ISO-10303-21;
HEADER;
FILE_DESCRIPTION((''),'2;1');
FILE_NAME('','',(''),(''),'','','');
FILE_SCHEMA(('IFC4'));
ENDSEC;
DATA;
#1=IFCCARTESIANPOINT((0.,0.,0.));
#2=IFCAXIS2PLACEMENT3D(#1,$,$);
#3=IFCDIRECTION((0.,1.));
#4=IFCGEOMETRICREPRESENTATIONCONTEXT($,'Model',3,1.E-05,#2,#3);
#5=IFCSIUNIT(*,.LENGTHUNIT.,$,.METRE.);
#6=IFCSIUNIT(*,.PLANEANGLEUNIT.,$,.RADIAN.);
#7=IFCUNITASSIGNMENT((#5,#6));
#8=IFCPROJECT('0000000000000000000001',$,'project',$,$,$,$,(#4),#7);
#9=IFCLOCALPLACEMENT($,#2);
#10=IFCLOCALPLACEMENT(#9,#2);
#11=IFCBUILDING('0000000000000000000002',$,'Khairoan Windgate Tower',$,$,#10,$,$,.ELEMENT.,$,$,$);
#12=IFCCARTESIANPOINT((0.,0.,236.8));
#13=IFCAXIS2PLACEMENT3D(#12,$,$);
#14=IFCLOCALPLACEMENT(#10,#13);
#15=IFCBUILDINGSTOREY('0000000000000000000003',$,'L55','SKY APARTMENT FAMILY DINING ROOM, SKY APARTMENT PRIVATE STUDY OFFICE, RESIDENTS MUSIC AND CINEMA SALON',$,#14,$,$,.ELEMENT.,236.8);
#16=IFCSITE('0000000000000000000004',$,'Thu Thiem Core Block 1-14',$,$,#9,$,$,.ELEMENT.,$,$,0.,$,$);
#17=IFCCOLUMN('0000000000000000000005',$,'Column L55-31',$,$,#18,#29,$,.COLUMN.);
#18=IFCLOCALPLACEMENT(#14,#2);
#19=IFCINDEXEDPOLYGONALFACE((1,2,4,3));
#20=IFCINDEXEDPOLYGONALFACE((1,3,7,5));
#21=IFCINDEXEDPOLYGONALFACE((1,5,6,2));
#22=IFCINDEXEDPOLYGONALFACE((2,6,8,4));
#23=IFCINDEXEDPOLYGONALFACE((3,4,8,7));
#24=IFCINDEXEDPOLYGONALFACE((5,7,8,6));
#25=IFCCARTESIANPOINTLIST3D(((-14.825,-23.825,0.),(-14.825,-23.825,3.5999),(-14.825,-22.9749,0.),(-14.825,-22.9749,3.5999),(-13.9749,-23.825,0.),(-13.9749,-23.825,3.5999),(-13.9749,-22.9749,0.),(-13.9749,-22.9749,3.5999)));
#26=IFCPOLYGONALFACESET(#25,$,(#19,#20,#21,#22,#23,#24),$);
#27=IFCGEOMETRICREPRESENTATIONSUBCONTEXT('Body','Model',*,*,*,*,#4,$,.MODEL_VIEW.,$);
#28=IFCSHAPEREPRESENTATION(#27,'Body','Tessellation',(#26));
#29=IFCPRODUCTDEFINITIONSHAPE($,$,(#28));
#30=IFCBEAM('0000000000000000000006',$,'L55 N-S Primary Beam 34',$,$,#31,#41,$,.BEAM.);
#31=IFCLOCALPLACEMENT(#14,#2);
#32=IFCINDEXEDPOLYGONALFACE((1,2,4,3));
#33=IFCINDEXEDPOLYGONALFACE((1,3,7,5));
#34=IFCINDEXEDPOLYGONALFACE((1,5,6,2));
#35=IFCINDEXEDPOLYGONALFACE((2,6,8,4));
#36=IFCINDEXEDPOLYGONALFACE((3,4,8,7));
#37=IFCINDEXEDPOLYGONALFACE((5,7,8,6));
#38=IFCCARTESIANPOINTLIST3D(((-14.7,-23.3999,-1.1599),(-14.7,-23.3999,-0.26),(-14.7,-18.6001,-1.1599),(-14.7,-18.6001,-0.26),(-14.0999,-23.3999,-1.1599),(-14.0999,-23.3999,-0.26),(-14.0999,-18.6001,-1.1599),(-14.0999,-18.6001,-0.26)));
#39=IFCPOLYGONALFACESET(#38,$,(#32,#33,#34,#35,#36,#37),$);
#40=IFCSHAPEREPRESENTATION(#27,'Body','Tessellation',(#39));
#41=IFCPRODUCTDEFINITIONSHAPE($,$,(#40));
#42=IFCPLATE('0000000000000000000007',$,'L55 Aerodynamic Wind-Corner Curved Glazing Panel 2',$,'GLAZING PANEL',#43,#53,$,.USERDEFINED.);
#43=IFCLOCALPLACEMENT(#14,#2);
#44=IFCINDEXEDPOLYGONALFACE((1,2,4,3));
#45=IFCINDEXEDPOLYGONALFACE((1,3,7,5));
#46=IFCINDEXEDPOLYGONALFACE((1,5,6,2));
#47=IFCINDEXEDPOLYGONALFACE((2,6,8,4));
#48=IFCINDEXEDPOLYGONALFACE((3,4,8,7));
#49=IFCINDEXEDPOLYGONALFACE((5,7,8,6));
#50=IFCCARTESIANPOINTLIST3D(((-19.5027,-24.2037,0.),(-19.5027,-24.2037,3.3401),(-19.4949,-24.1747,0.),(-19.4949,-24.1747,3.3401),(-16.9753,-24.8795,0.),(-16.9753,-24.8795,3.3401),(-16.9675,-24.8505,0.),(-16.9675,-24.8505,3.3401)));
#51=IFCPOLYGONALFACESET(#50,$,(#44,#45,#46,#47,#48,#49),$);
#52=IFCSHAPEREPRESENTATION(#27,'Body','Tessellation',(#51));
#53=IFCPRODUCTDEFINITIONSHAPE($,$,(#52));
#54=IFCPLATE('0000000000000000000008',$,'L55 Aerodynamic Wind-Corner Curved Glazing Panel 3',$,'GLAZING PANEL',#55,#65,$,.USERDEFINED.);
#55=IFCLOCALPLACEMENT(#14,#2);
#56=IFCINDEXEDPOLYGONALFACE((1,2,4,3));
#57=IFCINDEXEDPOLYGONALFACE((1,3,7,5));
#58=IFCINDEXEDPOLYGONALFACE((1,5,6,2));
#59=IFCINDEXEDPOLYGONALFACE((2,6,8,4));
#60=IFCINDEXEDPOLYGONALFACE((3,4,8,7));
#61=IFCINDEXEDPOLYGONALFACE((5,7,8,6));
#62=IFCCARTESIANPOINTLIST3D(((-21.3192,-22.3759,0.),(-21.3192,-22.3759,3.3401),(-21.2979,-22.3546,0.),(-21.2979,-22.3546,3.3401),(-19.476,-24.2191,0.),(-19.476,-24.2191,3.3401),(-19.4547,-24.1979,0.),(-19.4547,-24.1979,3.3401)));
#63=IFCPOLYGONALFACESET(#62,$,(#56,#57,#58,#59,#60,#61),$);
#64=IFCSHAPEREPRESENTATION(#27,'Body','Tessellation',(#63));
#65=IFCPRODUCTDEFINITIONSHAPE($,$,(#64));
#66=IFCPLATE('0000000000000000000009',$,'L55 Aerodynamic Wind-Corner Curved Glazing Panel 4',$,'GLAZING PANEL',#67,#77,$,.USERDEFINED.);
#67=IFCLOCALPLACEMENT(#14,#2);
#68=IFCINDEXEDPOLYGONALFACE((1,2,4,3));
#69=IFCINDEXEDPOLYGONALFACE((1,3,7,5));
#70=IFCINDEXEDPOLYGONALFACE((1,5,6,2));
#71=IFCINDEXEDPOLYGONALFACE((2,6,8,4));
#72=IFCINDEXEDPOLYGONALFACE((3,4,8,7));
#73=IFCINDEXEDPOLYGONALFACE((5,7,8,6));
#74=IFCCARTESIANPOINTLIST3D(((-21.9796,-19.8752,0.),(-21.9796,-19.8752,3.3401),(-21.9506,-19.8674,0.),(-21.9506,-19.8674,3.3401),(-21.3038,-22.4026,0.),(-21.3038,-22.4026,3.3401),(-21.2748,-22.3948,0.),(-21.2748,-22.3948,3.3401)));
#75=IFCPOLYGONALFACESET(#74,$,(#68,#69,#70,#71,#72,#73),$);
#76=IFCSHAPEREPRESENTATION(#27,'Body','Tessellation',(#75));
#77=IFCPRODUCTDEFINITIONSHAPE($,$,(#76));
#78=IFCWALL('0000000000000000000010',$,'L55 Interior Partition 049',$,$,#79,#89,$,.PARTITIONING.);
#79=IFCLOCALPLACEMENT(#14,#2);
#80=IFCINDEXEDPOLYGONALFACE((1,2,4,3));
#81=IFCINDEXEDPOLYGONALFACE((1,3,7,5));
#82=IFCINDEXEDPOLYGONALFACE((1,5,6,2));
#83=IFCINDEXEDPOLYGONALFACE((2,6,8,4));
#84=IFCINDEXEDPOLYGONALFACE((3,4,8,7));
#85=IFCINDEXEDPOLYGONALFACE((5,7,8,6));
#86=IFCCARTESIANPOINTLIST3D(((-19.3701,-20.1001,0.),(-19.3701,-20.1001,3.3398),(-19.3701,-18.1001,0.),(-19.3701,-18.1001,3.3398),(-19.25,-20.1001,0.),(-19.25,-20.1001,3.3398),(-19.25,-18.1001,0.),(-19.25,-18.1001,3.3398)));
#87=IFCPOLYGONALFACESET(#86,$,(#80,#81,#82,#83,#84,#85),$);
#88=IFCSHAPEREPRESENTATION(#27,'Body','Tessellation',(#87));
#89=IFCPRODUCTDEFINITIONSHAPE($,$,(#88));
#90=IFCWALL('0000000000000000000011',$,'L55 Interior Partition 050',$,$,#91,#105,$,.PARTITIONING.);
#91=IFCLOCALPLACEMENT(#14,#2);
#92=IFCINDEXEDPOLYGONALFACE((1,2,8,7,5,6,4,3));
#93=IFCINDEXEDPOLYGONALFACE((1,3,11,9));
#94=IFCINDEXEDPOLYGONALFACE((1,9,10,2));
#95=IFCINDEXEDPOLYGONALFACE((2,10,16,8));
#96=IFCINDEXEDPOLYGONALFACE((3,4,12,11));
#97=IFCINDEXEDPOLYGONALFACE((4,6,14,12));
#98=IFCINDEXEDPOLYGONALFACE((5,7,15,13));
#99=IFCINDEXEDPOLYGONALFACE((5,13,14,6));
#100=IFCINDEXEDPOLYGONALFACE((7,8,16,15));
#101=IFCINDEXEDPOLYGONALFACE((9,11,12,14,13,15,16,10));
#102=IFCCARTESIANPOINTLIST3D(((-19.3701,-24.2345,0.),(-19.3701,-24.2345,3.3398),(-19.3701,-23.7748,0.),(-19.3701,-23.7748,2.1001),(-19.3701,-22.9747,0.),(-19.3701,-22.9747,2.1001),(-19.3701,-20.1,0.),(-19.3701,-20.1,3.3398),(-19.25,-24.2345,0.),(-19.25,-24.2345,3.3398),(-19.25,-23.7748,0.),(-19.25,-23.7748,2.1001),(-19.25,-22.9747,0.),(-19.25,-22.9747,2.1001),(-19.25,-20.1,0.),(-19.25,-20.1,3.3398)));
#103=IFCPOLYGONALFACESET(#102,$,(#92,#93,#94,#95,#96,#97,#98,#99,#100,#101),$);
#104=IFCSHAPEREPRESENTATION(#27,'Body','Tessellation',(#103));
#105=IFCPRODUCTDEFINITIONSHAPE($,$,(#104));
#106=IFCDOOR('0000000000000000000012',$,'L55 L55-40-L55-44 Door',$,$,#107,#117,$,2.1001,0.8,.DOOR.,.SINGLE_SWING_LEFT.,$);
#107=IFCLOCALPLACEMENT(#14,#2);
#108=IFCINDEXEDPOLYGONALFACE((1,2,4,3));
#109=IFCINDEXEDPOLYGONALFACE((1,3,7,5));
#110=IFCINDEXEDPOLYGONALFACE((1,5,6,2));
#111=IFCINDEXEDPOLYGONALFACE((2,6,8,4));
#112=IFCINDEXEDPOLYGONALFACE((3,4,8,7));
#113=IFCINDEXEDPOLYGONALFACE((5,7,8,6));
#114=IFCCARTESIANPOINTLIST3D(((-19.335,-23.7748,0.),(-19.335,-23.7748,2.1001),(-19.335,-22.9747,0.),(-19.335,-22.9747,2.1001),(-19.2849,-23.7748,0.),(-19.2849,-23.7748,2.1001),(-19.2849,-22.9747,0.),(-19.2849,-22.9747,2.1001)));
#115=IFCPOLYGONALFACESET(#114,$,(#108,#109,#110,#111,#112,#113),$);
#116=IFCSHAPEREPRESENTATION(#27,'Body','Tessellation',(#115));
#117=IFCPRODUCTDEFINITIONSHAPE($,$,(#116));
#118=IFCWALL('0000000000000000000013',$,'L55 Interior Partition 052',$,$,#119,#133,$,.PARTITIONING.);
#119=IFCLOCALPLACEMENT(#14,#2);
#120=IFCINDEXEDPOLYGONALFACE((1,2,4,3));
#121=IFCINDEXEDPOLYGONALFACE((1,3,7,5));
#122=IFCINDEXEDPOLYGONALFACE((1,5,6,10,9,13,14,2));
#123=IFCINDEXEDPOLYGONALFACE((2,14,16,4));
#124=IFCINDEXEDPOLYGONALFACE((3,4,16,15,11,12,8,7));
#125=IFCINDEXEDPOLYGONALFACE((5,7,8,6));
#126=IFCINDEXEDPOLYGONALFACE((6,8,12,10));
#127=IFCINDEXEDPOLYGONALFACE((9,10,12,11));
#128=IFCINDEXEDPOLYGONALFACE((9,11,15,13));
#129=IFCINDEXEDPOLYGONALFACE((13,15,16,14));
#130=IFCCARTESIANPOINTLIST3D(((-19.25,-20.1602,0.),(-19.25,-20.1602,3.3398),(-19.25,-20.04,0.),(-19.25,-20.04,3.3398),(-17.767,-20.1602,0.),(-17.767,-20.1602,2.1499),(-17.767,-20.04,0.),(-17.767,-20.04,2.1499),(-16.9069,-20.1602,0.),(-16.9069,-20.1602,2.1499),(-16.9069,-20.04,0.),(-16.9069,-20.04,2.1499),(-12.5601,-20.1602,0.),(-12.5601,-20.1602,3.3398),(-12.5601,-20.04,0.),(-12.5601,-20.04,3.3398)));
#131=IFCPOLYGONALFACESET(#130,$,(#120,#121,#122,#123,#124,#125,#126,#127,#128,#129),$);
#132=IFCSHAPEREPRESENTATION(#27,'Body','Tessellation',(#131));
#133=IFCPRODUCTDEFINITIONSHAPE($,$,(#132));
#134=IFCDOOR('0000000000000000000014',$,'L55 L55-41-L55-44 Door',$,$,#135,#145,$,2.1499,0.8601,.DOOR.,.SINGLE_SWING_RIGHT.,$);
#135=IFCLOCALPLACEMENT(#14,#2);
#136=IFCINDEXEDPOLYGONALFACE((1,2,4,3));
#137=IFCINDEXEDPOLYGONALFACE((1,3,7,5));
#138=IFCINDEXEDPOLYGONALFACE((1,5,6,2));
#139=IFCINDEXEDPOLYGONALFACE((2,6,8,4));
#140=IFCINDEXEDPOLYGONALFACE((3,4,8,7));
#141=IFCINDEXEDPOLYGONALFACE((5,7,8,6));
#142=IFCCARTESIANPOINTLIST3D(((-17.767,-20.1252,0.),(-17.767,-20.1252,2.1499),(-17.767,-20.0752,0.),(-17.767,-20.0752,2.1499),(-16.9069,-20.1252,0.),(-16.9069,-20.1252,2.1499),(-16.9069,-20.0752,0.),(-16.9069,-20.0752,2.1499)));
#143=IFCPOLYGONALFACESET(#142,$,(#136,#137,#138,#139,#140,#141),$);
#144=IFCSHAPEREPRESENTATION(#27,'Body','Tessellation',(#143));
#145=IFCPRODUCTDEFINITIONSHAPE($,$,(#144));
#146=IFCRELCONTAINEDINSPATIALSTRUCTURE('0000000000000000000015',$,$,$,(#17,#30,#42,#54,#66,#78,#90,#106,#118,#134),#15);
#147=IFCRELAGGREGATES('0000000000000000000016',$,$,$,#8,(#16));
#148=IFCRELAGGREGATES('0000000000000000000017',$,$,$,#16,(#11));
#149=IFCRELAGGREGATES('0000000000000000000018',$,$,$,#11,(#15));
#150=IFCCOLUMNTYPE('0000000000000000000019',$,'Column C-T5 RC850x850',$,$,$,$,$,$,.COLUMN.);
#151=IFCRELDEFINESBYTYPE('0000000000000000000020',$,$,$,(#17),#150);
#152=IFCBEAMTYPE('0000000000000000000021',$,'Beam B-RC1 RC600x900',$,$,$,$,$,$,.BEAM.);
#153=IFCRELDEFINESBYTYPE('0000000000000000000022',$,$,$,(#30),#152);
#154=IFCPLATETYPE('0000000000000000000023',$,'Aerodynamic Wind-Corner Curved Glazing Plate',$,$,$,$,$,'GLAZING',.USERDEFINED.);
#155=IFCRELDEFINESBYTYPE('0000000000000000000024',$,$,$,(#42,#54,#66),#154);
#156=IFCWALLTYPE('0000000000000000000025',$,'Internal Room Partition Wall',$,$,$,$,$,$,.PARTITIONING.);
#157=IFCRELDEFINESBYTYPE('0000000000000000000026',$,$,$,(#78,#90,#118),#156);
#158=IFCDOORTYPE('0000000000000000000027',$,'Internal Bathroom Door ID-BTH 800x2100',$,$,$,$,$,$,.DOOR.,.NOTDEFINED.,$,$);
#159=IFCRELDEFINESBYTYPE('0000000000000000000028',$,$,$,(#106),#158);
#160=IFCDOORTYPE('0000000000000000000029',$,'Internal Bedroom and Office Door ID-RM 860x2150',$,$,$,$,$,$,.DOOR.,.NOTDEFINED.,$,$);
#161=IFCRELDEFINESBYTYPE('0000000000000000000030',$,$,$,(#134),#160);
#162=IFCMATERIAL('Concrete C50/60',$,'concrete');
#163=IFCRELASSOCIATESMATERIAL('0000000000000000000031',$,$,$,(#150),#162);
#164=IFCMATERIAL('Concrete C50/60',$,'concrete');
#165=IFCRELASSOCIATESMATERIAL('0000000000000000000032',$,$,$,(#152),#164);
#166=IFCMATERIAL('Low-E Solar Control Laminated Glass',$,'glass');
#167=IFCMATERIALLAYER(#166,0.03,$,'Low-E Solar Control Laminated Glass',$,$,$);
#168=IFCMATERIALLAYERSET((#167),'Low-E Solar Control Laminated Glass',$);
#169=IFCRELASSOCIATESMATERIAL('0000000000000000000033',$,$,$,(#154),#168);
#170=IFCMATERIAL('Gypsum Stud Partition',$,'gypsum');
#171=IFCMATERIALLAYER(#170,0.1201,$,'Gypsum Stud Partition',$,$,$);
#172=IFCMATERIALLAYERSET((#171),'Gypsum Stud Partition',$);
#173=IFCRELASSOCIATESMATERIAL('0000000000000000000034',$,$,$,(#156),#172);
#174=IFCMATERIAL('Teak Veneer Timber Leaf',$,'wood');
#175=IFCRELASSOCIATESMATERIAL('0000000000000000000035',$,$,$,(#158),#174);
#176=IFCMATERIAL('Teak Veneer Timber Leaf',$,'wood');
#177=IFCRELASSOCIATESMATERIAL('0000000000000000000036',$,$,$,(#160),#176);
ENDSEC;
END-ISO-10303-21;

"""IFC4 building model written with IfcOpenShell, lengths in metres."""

from ifc_helpers import new_model, si_unit, direction, frame, frame_2d, origin, origin_2d, place, context, subcontext, project, spatial, rectangle, extrude, material, layer, layer_set, material_profile, profile_set, type_object, element, fill, save


model = new_model("IFC4")

# Units and contexts
model_context = context("Model", 3, precision=1e-05, world=origin(), true_north=direction((0.0, 1.0)))
body_context = subcontext(model_context, "Body", "Model", "MODEL_VIEW")
ifc_project = project(units=[si_unit("LENGTHUNIT", "METRE"), si_unit("PLANEANGLEUNIT", "RADIAN")], contexts=[model_context])

# Site, building, storey
site_placement = place(None, origin())
site = spatial("IfcSite", under=ifc_project, at=site_placement, Name="Thu Thiem Core Block 1-14", CompositionType="ELEMENT", RefElevation=0.0)
building_placement = place(site_placement, origin())
building = spatial("IfcBuilding", under=site, at=building_placement, Name="Khairoan Windgate Tower", CompositionType="ELEMENT")
storey_placement = place(building_placement, frame((0.0, 0.0, 236.8)))
storey = spatial("IfcBuildingStorey", under=building, at=storey_placement, Name="L55", Description="SKY APARTMENT FAMILY DINING ROOM, SKY APARTMENT PRIVATE STUDY OFFICE, RESIDENTS MUSIC AND CINEMA SALON", CompositionType="ELEMENT", Elevation=236.8)

# Column
ifc_material_1 = material(Name="Concrete C50/60", Category="concrete")
ifc_material_profile_1 = material_profile(ifc_material_1, rectangle(XDim=0.8501, YDim=0.8501, at=origin_2d()))
ifc_profile_set_1 = profile_set([ifc_material_profile_1], Name="Concrete C50/60")
column_type = type_object("IfcColumnType", Name="Column C-T5 RC850x850", PredefinedType="COLUMN", material=ifc_profile_set_1)
column_placement = place(storey_placement, frame((-14.3999, -23.3999, 0.0), z_axis=(0.0, 0.0, 1.0), x_axis=(1.0, 0.0, 0.0)))
element("IfcColumn", 1, at=column_placement, inside=storey, type_object=column_type, Name="Column L55-31", PredefinedType="COLUMN", context=body_context, shape_type="SweptSolid", body=[
    extrude(rectangle(XDim=0.8501, YDim=0.8501, at=origin_2d()), origin(), (0.0, 0.0, 1.0), 3.5999),
])

# Beam
ifc_material_2 = material(Name="Concrete C50/60", Category="concrete")
ifc_material_profile_2 = material_profile(ifc_material_2, rectangle(XDim=0.6001, YDim=0.8999, at=origin_2d()))
ifc_profile_set_2 = profile_set([ifc_material_profile_2], Name="Concrete C50/60")
beam_type = type_object("IfcBeamType", Name="Beam B-RC1 RC600x900", PredefinedType="BEAM", material=ifc_profile_set_2)
beam_placement = place(storey_placement, frame((-14.3999, -23.3999, -0.71), z_axis=(0.0, 1.0, 0.0), x_axis=(-1.0, 0.0, 0.0)))
element("IfcBeam", 2, at=beam_placement, inside=storey, type_object=beam_type, Name="L55 N-S Primary Beam 34", PredefinedType="BEAM", context=body_context, shape_type="SweptSolid", body=[
    extrude(rectangle(XDim=0.6001, YDim=0.8999, at=origin_2d()), origin(), (0.0, 0.0, 1.0), 4.7998),
])

# Plates
ifc_material_3 = material(Name="Low-E Solar Control Laminated Glass", Category="glass")
ifc_layer_1 = layer(ifc_material_3, 0.03, Name="Low-E Solar Control Laminated Glass")
ifc_layer_set_1 = layer_set([ifc_layer_1], Name="Low-E Solar Control Laminated Glass")
plate_type = type_object("IfcPlateType", Name="Aerodynamic Wind-Corner Curved Glazing Plate", ElementType="GLAZING", PredefinedType="USERDEFINED", material=ifc_layer_set_1)
plate_1_placement = place(storey_placement, frame((-18.2351, -24.5271, 0.0), z_axis=(0.0, 0.0, 1.0), x_axis=(-0.966061, 0.258313, 0.0)))
element("IfcPlate", 3, at=plate_1_placement, inside=storey, type_object=plate_type, Name="L55 Aerodynamic Wind-Corner Curved Glazing Panel 2", ObjectType="GLAZING PANEL", PredefinedType="USERDEFINED", context=body_context, shape_type="SweptSolid", body=[
    extrude(rectangle(XDim=2.6162, YDim=0.03, at=origin_2d()), origin(), (0.0, 0.0, 1.0), 3.3401),
])
plate_2_placement = place(storey_placement, frame((-20.387, -23.2869, 0.0), z_axis=(0.0, 0.0, 1.0), x_axis=(-0.707107, 0.707107, 0.0)))
element("IfcPlate", 4, at=plate_2_placement, inside=storey, type_object=plate_type, Name="L55 Aerodynamic Wind-Corner Curved Glazing Panel 3", ObjectType="GLAZING PANEL", PredefinedType="USERDEFINED", context=body_context, shape_type="SweptSolid", body=[
    extrude(rectangle(XDim=2.6067, YDim=0.03, at=origin_2d()), origin(), (0.0, 0.0, 1.0), 3.3401),
])
plate_3_placement = place(storey_placement, frame((-21.6272, -21.135, 0.0), z_axis=(0.0, 0.0, 1.0), x_axis=(-0.258313, 0.966061, 0.0)))
element("IfcPlate", 5, at=plate_3_placement, inside=storey, type_object=plate_type, Name="L55 Aerodynamic Wind-Corner Curved Glazing Panel 4", ObjectType="GLAZING PANEL", PredefinedType="USERDEFINED", context=body_context, shape_type="SweptSolid", body=[
    extrude(rectangle(XDim=2.6162, YDim=0.03, at=origin_2d()), origin(), (0.0, 0.0, 1.0), 3.3401),
])

# Wall
ifc_material_4 = material(Name="Gypsum Stud Partition", Category="gypsum")
ifc_layer_2 = layer(ifc_material_4, 0.1201, Name="Gypsum Stud Partition")
ifc_layer_set_2 = layer_set([ifc_layer_2], Name="Gypsum Stud Partition")
wall_type = type_object("IfcWallType", Name="Internal Room Partition Wall", PredefinedType="PARTITIONING", material=ifc_layer_set_2)
wall_1_placement = place(storey_placement, frame((-19.3101, -20.1001, 0.0), z_axis=(0.0, 0.0, 1.0), x_axis=(0.0, 1.0, 0.0)))
element("IfcWall", 6, at=wall_1_placement, inside=storey, type_object=wall_type, Name="L55 Interior Partition 049", PredefinedType="PARTITIONING", context=body_context, shape_type="SweptSolid", body=[
    extrude(rectangle(XDim=2.0, YDim=0.1201, at=frame_2d((1.0, 0.0))), origin(), (0.0, 0.0, 1.0), 3.3398),
])

# Walls, openings, doors
wall_2_placement = place(storey_placement, frame((-19.3101, -24.2346, 0.0), z_axis=(0.0, 0.0, 1.0), x_axis=(0.0, 1.0, 0.0)))
wall_2 = element("IfcWall", 7, at=wall_2_placement, inside=storey, type_object=wall_type, Name="L55 Interior Partition 050", PredefinedType="PARTITIONING", context=body_context, shape_type="SweptSolid", body=[
    extrude(rectangle(XDim=4.1345, YDim=0.1201, at=frame_2d((2.0674, 0.0))), origin(), (0.0, 0.0, 1.0), 3.3398),
])
opening_1_placement = place(wall_2_placement, frame((0.46, 0.0, 0.0)))
opening_1 = element("IfcOpeningElement", 8, at=opening_1_placement, cuts=wall_2, PredefinedType="OPENING", context=body_context, shape_type="SweptSolid", body=[
    extrude(rectangle(XDim=0.8, YDim=2.1001, at=frame_2d((0.3999, 1.05))), frame((0.0, 0.0701, 0.0), z_axis=(0.0, -1.0, 0.0), x_axis=(1.0, 0.0, 0.0)), (0.0, 0.0, 1.0), 0.1401),
])
ifc_material_5 = material(Name="Teak Veneer Timber Leaf", Category="wood")
door_type_1 = type_object("IfcDoorType", Name="Internal Bathroom Door ID-BTH 800x2100", OperationType="NOTDEFINED", PredefinedType="DOOR", material=ifc_material_5)
door_1_placement = place(opening_1_placement, origin())
door_1 = element("IfcDoor", 9, at=door_1_placement, inside=storey, type_object=door_type_1, Name="L55 L55-40-L55-44 Door", OperationType="SINGLE_SWING_LEFT", OverallHeight=2.1001, OverallWidth=0.8, PredefinedType="DOOR", context=body_context, shape_type="SweptSolid", body=[
    extrude(rectangle(XDim=0.8, YDim=2.1001, at=frame_2d((0.3999, 1.05))), frame((0.0, 0.0249, 0.0), z_axis=(0.0, -1.0, 0.0), x_axis=(1.0, 0.0, 0.0)), (0.0, 0.0, 1.0), 0.05),
])
fill(opening_1, door_1)
wall_3_placement = place(storey_placement, frame((-19.25, -20.1001, 0.0), z_axis=(0.0, 0.0, 1.0), x_axis=(1.0, 0.0, 0.0)))
wall_3 = element("IfcWall", 10, at=wall_3_placement, inside=storey, type_object=wall_type, Name="L55 Interior Partition 052", PredefinedType="PARTITIONING", context=body_context, shape_type="SweptSolid", body=[
    extrude(rectangle(XDim=6.6899, YDim=0.1201, at=frame_2d((3.345, 0.0))), origin(), (0.0, 0.0, 1.0), 3.3398),
])
opening_2_placement = place(wall_3_placement, frame((1.4829, 0.0, 0.0)))
opening_2 = element("IfcOpeningElement", 11, at=opening_2_placement, cuts=wall_3, PredefinedType="OPENING", context=body_context, shape_type="SweptSolid", body=[
    extrude(rectangle(XDim=0.8601, YDim=2.1499, at=frame_2d((0.4302, 1.075))), frame((0.0, 0.0701, 0.0), z_axis=(0.0, -1.0, 0.0), x_axis=(1.0, 0.0, 0.0)), (0.0, 0.0, 1.0), 0.1401),
])
ifc_material_6 = material(Name="Teak Veneer Timber Leaf", Category="wood")
door_type_2 = type_object("IfcDoorType", Name="Internal Bedroom and Office Door ID-RM 860x2150", OperationType="NOTDEFINED", PredefinedType="DOOR", material=ifc_material_6)
door_2_placement = place(opening_2_placement, origin())
door_2 = element("IfcDoor", 12, at=door_2_placement, inside=storey, type_object=door_type_2, Name="L55 L55-41-L55-44 Door", OperationType="SINGLE_SWING_RIGHT", OverallHeight=2.1499, OverallWidth=0.8601, PredefinedType="DOOR", context=body_context, shape_type="SweptSolid", body=[
    extrude(rectangle(XDim=0.8601, YDim=2.1499, at=frame_2d((0.4302, 1.075))), frame((0.0, 0.0249, 0.0), z_axis=(0.0, -1.0, 0.0), x_axis=(1.0, 0.0, 0.0)), (0.0, 0.0, 1.0), 0.05),
])
fill(opening_2, door_2)

save(model, "model.ifc")
